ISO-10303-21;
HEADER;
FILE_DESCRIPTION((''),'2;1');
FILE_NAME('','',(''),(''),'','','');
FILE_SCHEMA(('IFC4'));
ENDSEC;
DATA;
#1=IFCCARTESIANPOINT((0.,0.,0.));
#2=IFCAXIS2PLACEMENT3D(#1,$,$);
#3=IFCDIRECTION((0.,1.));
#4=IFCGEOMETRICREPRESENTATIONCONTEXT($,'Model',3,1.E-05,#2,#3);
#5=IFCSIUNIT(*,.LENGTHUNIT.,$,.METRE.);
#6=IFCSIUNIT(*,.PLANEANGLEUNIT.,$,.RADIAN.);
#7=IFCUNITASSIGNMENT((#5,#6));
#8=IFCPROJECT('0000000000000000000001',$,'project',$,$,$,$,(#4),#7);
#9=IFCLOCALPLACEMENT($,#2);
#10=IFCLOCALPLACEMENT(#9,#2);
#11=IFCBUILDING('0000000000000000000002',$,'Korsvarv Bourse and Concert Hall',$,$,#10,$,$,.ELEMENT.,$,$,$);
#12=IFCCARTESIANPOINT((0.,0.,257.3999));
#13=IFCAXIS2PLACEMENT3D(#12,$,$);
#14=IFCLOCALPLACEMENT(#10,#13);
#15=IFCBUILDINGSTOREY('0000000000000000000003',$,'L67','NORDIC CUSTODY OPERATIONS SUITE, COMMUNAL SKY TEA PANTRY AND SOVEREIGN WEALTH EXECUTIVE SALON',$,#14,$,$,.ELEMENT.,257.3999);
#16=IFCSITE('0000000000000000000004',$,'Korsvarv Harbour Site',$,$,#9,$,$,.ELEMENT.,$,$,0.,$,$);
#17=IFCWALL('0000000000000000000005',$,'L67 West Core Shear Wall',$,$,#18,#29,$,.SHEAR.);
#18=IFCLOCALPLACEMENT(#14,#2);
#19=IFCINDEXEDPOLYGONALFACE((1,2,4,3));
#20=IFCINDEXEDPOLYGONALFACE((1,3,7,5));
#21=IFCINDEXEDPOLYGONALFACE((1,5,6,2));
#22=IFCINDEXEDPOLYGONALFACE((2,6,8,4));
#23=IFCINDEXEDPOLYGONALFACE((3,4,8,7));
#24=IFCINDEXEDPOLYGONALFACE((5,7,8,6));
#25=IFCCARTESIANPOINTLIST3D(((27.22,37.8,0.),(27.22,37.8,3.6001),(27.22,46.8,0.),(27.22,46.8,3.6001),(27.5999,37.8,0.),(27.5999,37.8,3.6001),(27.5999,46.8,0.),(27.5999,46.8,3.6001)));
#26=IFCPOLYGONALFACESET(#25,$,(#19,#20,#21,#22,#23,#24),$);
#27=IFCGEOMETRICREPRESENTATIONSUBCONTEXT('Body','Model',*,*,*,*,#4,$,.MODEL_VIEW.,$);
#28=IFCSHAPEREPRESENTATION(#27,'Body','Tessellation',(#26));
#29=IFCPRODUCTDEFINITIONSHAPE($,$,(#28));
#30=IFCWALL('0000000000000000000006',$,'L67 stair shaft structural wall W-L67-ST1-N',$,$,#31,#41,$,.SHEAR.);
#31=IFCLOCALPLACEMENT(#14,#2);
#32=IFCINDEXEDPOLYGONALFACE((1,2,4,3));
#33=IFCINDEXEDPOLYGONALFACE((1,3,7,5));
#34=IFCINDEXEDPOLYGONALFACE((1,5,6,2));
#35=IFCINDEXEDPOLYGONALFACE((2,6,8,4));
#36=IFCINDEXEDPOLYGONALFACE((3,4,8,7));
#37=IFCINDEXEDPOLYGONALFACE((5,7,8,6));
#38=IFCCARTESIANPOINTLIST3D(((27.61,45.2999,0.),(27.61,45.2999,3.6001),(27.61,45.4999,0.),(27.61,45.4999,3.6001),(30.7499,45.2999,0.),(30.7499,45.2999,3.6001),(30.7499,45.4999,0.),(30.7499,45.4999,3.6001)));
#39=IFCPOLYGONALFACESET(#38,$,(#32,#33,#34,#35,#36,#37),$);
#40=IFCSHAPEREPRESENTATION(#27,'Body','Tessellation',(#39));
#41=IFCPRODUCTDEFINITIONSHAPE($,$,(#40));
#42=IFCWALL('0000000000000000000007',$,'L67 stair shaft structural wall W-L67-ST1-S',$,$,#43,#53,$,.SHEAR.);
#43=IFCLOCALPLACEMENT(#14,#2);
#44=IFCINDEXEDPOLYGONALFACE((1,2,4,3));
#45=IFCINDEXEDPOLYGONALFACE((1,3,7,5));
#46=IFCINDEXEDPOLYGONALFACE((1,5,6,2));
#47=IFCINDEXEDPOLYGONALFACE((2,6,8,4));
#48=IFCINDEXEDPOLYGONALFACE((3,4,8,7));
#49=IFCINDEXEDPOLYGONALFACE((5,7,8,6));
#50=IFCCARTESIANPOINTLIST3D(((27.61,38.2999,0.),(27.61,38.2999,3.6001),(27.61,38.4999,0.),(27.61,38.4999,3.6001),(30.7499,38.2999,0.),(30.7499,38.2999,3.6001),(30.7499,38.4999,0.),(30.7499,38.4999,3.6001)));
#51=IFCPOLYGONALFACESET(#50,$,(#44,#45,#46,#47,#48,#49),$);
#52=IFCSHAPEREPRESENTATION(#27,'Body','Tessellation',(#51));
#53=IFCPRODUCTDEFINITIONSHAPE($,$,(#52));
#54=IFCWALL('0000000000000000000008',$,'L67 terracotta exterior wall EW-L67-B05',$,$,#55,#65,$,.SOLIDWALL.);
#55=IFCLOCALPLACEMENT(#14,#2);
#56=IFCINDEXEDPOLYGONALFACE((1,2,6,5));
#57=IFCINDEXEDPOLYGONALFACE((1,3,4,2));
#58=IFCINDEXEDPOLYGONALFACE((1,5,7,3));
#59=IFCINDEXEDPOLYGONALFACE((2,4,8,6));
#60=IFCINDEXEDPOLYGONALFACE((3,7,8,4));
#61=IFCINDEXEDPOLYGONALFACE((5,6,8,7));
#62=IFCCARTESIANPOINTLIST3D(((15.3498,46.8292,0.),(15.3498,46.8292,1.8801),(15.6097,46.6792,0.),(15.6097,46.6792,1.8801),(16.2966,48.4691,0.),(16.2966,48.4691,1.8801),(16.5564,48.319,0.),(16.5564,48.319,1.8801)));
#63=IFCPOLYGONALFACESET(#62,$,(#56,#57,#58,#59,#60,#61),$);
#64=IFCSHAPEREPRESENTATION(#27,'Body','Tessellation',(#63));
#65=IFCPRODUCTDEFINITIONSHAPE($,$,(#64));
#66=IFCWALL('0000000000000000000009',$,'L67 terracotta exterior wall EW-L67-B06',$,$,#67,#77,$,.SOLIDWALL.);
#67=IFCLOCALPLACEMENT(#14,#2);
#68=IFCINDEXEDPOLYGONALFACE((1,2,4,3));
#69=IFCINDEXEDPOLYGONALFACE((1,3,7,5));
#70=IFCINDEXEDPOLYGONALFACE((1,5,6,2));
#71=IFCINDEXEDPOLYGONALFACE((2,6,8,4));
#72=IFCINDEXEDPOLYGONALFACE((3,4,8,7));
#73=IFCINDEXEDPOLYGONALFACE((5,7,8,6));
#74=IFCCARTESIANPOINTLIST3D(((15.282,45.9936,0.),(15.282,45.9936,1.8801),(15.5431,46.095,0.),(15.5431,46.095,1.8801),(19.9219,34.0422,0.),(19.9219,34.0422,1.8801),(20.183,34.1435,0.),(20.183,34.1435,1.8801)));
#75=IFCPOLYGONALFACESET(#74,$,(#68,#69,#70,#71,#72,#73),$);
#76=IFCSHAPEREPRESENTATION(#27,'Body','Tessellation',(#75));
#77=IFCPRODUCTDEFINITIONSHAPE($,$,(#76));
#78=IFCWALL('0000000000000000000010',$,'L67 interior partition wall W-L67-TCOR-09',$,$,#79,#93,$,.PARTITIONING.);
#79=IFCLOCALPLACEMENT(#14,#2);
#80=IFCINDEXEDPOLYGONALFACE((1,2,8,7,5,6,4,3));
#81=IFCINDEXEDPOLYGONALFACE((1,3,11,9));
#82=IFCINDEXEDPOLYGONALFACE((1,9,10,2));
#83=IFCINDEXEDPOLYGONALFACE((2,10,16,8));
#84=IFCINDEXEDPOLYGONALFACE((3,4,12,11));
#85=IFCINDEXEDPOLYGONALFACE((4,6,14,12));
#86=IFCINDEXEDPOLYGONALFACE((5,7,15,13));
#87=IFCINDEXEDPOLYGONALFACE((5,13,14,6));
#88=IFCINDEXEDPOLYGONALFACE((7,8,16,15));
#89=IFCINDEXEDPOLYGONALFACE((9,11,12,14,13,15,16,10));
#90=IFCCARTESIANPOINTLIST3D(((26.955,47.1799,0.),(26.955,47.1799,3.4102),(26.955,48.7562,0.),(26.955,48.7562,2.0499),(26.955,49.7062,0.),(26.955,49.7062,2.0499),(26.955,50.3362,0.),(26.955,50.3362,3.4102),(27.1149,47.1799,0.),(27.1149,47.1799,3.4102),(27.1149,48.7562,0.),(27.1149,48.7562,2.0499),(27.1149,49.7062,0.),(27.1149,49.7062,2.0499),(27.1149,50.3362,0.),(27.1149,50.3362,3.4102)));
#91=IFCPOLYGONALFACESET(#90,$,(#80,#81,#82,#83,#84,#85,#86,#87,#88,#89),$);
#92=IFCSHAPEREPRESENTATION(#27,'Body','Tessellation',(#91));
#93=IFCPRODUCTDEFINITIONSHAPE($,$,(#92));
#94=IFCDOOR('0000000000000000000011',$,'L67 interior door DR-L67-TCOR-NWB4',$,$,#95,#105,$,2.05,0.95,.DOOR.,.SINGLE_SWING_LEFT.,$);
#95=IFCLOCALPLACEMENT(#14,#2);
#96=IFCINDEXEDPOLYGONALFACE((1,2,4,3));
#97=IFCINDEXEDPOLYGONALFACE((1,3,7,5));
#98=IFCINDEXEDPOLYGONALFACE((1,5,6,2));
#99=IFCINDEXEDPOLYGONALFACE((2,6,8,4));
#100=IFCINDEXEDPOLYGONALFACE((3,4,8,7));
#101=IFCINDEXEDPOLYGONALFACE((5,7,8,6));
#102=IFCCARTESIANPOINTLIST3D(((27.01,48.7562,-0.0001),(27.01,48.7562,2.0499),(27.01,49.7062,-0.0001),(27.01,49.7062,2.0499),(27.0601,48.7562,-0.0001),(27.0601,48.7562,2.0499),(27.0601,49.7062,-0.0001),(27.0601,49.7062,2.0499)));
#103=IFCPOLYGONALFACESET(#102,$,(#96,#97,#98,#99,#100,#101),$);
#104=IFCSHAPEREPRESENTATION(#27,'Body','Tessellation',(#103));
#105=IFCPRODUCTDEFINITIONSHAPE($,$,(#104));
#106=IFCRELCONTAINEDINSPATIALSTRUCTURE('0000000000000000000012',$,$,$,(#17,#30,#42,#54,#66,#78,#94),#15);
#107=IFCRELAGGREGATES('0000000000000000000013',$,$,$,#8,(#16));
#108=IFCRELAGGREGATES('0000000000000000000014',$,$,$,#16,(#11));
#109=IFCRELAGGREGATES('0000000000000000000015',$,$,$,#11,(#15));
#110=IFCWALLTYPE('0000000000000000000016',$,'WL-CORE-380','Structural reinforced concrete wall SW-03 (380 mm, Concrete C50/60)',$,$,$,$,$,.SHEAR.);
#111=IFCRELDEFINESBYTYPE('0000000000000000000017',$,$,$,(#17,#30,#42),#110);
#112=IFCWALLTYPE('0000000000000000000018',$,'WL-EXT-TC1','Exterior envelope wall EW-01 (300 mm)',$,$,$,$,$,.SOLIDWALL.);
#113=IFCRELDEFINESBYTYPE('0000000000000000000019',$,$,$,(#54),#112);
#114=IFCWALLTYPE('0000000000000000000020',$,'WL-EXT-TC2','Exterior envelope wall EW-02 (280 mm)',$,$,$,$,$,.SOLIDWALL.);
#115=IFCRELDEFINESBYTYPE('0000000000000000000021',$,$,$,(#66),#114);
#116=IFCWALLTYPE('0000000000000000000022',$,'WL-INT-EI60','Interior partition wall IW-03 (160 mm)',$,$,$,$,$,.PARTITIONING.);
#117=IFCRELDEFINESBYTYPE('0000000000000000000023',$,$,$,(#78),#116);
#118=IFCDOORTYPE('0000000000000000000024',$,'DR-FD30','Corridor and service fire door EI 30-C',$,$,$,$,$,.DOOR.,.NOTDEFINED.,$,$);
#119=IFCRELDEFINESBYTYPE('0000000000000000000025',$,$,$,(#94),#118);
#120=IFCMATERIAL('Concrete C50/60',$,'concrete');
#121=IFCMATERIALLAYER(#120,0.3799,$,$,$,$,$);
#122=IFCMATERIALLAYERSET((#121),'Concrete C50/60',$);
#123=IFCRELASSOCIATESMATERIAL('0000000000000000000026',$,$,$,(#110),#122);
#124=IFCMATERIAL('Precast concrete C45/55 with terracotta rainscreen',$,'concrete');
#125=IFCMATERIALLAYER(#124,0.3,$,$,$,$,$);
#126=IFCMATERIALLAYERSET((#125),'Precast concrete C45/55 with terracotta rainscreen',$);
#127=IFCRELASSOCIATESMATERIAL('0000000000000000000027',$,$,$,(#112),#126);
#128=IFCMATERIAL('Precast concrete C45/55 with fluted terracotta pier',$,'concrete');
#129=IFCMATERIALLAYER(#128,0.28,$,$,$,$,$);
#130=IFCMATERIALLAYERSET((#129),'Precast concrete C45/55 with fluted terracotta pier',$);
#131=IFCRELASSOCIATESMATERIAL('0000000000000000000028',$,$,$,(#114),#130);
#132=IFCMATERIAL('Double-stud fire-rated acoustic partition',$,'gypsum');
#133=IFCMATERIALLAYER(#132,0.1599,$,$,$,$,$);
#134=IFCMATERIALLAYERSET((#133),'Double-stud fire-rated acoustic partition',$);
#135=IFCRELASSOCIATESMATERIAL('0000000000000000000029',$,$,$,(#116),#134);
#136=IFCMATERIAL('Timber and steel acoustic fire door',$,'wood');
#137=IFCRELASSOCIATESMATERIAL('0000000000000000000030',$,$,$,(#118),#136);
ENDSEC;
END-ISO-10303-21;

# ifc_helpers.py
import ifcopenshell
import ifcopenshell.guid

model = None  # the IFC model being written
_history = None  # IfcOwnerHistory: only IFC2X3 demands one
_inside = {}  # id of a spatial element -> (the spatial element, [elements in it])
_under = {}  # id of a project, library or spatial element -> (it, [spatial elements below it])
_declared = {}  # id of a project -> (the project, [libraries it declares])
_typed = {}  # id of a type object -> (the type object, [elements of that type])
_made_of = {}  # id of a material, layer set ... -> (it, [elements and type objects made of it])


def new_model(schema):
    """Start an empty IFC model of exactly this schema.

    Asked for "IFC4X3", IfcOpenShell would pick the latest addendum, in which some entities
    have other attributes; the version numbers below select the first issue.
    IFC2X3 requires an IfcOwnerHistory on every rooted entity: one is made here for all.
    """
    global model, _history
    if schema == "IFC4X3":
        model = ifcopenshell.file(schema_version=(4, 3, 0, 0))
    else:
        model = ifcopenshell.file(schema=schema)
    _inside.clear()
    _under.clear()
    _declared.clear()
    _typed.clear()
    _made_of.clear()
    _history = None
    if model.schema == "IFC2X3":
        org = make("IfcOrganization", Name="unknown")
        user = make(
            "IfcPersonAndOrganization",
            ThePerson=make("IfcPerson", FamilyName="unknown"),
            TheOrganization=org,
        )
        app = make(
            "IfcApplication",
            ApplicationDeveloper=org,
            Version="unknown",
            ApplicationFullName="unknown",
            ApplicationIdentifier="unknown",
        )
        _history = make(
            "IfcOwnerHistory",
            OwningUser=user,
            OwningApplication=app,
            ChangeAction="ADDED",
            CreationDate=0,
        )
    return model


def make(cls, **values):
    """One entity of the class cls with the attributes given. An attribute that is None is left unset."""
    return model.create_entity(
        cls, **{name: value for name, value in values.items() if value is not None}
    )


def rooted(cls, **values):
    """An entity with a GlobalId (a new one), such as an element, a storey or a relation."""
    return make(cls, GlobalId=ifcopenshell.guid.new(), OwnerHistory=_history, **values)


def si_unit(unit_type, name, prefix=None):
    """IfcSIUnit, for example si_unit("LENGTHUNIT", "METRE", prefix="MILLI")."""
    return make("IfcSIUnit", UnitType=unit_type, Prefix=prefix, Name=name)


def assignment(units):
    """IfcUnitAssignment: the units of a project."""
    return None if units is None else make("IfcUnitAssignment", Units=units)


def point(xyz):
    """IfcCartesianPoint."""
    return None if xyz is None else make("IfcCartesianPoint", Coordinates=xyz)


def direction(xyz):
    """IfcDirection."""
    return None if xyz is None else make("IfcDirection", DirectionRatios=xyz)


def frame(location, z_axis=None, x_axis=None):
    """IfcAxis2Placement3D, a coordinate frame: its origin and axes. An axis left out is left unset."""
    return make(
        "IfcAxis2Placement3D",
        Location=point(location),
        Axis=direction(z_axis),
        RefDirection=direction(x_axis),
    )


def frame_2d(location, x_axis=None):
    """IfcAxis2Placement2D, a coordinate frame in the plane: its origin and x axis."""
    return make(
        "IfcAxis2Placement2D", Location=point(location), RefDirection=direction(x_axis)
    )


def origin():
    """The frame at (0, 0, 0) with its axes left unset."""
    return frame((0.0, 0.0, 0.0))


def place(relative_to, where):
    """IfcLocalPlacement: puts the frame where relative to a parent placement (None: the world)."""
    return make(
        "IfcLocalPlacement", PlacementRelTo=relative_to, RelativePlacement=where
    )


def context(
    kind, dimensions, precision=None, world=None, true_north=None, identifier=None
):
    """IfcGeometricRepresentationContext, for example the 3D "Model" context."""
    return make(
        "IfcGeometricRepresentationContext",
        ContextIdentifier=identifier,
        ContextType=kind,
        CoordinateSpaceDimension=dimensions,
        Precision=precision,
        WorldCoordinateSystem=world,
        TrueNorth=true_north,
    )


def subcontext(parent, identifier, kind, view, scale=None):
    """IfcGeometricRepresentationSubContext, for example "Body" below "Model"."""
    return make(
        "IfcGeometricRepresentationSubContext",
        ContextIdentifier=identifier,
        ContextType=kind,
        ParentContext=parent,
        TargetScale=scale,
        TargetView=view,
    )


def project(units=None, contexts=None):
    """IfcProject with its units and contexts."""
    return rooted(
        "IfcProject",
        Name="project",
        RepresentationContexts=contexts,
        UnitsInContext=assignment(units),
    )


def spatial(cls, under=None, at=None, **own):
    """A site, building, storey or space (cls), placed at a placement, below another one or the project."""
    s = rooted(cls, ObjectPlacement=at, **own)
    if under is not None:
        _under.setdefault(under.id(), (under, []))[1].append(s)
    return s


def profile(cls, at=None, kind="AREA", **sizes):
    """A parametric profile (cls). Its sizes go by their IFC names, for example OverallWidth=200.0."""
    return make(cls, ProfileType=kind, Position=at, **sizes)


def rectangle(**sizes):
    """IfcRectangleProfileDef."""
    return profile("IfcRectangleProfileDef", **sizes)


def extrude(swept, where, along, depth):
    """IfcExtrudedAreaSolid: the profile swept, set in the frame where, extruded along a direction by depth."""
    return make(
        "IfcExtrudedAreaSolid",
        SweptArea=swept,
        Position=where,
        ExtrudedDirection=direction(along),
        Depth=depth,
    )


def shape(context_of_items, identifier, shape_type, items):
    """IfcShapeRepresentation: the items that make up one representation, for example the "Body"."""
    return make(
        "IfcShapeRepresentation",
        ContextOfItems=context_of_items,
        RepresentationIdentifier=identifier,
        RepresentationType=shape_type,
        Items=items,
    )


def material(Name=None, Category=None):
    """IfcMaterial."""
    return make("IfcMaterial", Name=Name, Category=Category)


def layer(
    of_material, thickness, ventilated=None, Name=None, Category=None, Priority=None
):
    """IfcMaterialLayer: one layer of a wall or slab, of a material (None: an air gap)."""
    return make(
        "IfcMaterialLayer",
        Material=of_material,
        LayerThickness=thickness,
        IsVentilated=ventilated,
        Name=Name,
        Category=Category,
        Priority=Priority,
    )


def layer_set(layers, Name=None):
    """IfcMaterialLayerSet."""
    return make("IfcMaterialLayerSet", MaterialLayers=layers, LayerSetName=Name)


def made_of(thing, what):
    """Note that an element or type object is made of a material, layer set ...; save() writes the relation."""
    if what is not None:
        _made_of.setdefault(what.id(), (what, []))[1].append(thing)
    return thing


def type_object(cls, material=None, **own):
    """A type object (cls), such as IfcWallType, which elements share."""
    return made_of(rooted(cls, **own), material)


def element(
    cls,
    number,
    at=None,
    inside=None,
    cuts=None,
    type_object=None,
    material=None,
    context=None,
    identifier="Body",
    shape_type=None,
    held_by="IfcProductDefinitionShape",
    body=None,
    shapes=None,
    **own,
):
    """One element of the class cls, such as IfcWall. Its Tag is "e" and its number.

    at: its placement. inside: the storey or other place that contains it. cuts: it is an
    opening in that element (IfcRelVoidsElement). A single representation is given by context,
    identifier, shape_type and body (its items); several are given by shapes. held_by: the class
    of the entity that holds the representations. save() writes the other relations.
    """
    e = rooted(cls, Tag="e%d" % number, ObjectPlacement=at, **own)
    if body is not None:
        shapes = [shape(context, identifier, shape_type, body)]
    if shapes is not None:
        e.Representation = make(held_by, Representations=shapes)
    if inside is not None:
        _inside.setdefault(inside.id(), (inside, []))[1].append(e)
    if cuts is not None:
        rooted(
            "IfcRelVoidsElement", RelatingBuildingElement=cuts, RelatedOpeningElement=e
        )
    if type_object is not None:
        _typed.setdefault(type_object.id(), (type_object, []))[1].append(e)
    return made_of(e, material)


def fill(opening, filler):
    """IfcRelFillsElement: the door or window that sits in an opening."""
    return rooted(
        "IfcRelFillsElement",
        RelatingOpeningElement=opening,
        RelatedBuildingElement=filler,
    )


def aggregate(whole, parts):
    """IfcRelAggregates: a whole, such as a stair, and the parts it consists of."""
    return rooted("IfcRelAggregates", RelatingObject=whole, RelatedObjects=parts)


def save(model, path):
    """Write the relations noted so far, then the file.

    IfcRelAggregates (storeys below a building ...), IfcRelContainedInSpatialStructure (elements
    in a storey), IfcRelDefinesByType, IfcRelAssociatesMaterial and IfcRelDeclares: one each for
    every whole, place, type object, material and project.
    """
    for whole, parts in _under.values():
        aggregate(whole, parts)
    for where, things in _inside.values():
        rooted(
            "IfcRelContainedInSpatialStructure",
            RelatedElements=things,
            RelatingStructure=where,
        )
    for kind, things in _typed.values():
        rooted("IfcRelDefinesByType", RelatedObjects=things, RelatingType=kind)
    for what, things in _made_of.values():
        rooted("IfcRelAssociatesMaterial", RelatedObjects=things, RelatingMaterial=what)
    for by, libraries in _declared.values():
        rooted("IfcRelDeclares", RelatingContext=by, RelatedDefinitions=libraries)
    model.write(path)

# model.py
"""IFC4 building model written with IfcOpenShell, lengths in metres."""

from ifc_helpers import new_model, si_unit, direction, frame, frame_2d, origin, place, context, subcontext, project, spatial, rectangle, extrude, material, layer, layer_set, type_object, element, fill, save


model = new_model("IFC4")

# Units and contexts
model_context = context("Model", 3, precision=1e-05, world=origin(), true_north=direction((0.0, 1.0)))
body_context = subcontext(model_context, "Body", "Model", "MODEL_VIEW")
ifc_project = project(units=[si_unit("LENGTHUNIT", "METRE"), si_unit("PLANEANGLEUNIT", "RADIAN")], contexts=[model_context])

# Site, building, storey
site_placement = place(None, origin())
site = spatial("IfcSite", under=ifc_project, at=site_placement, Name="Korsvarv Harbour Site", CompositionType="ELEMENT", RefElevation=0.0)
building_placement = place(site_placement, origin())
building = spatial("IfcBuilding", under=site, at=building_placement, Name="Korsvarv Bourse and Concert Hall", CompositionType="ELEMENT")
storey_placement = place(building_placement, frame((0.0, 0.0, 257.3999)))
storey = spatial("IfcBuildingStorey", under=building, at=storey_placement, Name="L67", Description="NORDIC CUSTODY OPERATIONS SUITE, COMMUNAL SKY TEA PANTRY AND SOVEREIGN WEALTH EXECUTIVE SALON", CompositionType="ELEMENT", Elevation=257.3999)

# Shared definitions
ifc_material_1 = material(Name="Concrete C50/60", Category="concrete")

# Shared definitions
ifc_layer_1 = layer(ifc_material_1, 0.3799)
ifc_layer_set_1 = layer_set([ifc_layer_1], Name="Concrete C50/60")
wall_type_1 = type_object("IfcWallType", Name="WL-CORE-380", Description="Structural reinforced concrete wall SW-03 (380 mm, Concrete C50/60)", PredefinedType="SHEAR", material=ifc_layer_set_1)

# Walls
wall_1_placement = place(storey_placement, frame((27.4099, 37.8, 0.0), z_axis=(0.0, 0.0, 1.0), x_axis=(0.0, 1.0, 0.0)))
element("IfcWall", 1, at=wall_1_placement, inside=storey, type_object=wall_type_1, Name="L67 West Core Shear Wall", PredefinedType="SHEAR", context=body_context, shape_type="SweptSolid", body=[
    extrude(rectangle(XDim=9.0, YDim=0.3799, at=frame_2d((4.5, 0.0))), origin(), (0.0, 0.0, 1.0), 3.6001),
])
for number, where, z_axis, x_axis, name in (
    (2, (27.6101, 45.3999, 0.0), (0.0, 0.0, 1.0), (1.0, 0.0, 0.0), "L67 stair shaft structural wall W-L67-ST1-N"),
    (3, (27.6101, 38.3999, 0.0), (0.0, 0.0, 1.0), (1.0, 0.0, 0.0), "L67 stair shaft structural wall W-L67-ST1-S"),
):
    element("IfcWall", number, at=place(storey_placement, frame(where, z_axis=z_axis, x_axis=x_axis)), inside=storey, type_object=wall_type_1, Name=name, PredefinedType="SHEAR", context=body_context, shape_type="SweptSolid", body=[
        extrude(rectangle(XDim=3.1399, YDim=0.2, at=frame_2d((1.5698, 0.0))), origin(), (0.0, 0.0, 1.0), 3.6001),
    ])
ifc_material_2 = material(Name="Precast concrete C45/55 with terracotta rainscreen", Category="concrete")
ifc_layer_2 = layer(ifc_material_2, 0.3)
ifc_layer_set_2 = layer_set([ifc_layer_2], Name="Precast concrete C45/55 with terracotta rainscreen")
wall_type_2 = type_object("IfcWallType", Name="WL-EXT-TC1", Description="Exterior envelope wall EW-01 (300 mm)", PredefinedType="SOLIDWALL", material=ifc_layer_set_2)
wall_2_placement = place(storey_placement, frame((16.4265, 48.394, 0.0), z_axis=(0.0, 0.0, 1.0), x_axis=(-0.499994, -0.866029, 0.0)))
element("IfcWall", 4, at=wall_2_placement, inside=storey, type_object=wall_type_2, Name="L67 terracotta exterior wall EW-L67-B05", PredefinedType="SOLIDWALL", context=body_context, shape_type="SweptSolid", body=[
    extrude(rectangle(XDim=1.8936, YDim=0.3, at=frame_2d((0.9468, 0.0))), origin(), (0.0, 0.0, 1.0), 1.8801),
])
ifc_material_3 = material(Name="Precast concrete C45/55 with fluted terracotta pier", Category="concrete")
ifc_layer_3 = layer(ifc_material_3, 0.28)
ifc_layer_set_3 = layer_set([ifc_layer_3], Name="Precast concrete C45/55 with fluted terracotta pier")
wall_type_3 = type_object("IfcWallType", Name="WL-EXT-TC2", Description="Exterior envelope wall EW-02 (280 mm)", PredefinedType="SOLIDWALL", material=ifc_layer_set_3)
wall_3_placement = place(storey_placement, frame((15.4126, 46.0442, 0.0), z_axis=(0.0, 0.0, 1.0), x_axis=(0.361912, -0.932212, 0.0)))
element("IfcWall", 5, at=wall_3_placement, inside=storey, type_object=wall_type_3, Name="L67 terracotta exterior wall EW-L67-B06", PredefinedType="SOLIDWALL", context=body_context, shape_type="SweptSolid", body=[
    extrude(rectangle(XDim=12.8206, YDim=0.28, at=frame_2d((6.4102, 0.0))), origin(), (0.0, 0.0, 1.0), 1.8801),
])

# Wall, opening, door
ifc_material_4 = material(Name="Double-stud fire-rated acoustic partition", Category="gypsum")
ifc_layer_4 = layer(ifc_material_4, 0.1599)
ifc_layer_set_4 = layer_set([ifc_layer_4], Name="Double-stud fire-rated acoustic partition")
wall_type_4 = type_object("IfcWallType", Name="WL-INT-EI60", Description="Interior partition wall IW-03 (160 mm)", PredefinedType="PARTITIONING", material=ifc_layer_set_4)
wall_4_placement = place(storey_placement, frame((27.0349, 47.1799, 0.0), z_axis=(0.0, 0.0, 1.0), x_axis=(0.0, 1.0, 0.0)))
wall_4 = element("IfcWall", 6, at=wall_4_placement, inside=storey, type_object=wall_type_4, Name="L67 interior partition wall W-L67-TCOR-09", PredefinedType="PARTITIONING", context=body_context, shape_type="SweptSolid", body=[
    extrude(rectangle(XDim=3.1562, YDim=0.1599, at=frame_2d((1.5781, 0.0))), origin(), (0.0, 0.0, 1.0), 3.4102),
])
opening_1_placement = place(wall_4_placement, frame((1.5762, 0.0, 0.0)))
opening_1 = element("IfcOpeningElement", 7, at=opening_1_placement, cuts=wall_4, PredefinedType="OPENING", context=body_context, shape_type="SweptSolid", body=[
    extrude(rectangle(XDim=0.95, YDim=2.05, at=frame_2d((0.4751, 1.0249))), frame((0.0, 0.0898, 0.0), z_axis=(0.0, -1.0, 0.0), x_axis=(1.0, 0.0, 0.0)), (0.0, 0.0, 1.0), 0.1799),
])
ifc_material_5 = material(Name="Timber and steel acoustic fire door", Category="wood")
door_type_1 = type_object("IfcDoorType", Name="DR-FD30", Description="Corridor and service fire door EI 30-C", OperationType="NOTDEFINED", PredefinedType="DOOR", material=ifc_material_5)
door_1_placement = place(opening_1_placement, origin())
door_1 = element("IfcDoor", 8, at=door_1_placement, inside=storey, type_object=door_type_1, Name="L67 interior door DR-L67-TCOR-NWB4", OperationType="SINGLE_SWING_LEFT", OverallHeight=2.05, OverallWidth=0.95, PredefinedType="DOOR", context=body_context, shape_type="SweptSolid", body=[
    extrude(rectangle(XDim=0.95, YDim=2.05, at=frame_2d((0.4751, 1.0249))), frame((0.0, 0.0249, 0.0), z_axis=(0.0, -1.0, 0.0), x_axis=(1.0, 0.0, 0.0)), (0.0, 0.0, 1.0), 0.05),
])
fill(opening_1, door_1)

save(model, "model.ifc")
